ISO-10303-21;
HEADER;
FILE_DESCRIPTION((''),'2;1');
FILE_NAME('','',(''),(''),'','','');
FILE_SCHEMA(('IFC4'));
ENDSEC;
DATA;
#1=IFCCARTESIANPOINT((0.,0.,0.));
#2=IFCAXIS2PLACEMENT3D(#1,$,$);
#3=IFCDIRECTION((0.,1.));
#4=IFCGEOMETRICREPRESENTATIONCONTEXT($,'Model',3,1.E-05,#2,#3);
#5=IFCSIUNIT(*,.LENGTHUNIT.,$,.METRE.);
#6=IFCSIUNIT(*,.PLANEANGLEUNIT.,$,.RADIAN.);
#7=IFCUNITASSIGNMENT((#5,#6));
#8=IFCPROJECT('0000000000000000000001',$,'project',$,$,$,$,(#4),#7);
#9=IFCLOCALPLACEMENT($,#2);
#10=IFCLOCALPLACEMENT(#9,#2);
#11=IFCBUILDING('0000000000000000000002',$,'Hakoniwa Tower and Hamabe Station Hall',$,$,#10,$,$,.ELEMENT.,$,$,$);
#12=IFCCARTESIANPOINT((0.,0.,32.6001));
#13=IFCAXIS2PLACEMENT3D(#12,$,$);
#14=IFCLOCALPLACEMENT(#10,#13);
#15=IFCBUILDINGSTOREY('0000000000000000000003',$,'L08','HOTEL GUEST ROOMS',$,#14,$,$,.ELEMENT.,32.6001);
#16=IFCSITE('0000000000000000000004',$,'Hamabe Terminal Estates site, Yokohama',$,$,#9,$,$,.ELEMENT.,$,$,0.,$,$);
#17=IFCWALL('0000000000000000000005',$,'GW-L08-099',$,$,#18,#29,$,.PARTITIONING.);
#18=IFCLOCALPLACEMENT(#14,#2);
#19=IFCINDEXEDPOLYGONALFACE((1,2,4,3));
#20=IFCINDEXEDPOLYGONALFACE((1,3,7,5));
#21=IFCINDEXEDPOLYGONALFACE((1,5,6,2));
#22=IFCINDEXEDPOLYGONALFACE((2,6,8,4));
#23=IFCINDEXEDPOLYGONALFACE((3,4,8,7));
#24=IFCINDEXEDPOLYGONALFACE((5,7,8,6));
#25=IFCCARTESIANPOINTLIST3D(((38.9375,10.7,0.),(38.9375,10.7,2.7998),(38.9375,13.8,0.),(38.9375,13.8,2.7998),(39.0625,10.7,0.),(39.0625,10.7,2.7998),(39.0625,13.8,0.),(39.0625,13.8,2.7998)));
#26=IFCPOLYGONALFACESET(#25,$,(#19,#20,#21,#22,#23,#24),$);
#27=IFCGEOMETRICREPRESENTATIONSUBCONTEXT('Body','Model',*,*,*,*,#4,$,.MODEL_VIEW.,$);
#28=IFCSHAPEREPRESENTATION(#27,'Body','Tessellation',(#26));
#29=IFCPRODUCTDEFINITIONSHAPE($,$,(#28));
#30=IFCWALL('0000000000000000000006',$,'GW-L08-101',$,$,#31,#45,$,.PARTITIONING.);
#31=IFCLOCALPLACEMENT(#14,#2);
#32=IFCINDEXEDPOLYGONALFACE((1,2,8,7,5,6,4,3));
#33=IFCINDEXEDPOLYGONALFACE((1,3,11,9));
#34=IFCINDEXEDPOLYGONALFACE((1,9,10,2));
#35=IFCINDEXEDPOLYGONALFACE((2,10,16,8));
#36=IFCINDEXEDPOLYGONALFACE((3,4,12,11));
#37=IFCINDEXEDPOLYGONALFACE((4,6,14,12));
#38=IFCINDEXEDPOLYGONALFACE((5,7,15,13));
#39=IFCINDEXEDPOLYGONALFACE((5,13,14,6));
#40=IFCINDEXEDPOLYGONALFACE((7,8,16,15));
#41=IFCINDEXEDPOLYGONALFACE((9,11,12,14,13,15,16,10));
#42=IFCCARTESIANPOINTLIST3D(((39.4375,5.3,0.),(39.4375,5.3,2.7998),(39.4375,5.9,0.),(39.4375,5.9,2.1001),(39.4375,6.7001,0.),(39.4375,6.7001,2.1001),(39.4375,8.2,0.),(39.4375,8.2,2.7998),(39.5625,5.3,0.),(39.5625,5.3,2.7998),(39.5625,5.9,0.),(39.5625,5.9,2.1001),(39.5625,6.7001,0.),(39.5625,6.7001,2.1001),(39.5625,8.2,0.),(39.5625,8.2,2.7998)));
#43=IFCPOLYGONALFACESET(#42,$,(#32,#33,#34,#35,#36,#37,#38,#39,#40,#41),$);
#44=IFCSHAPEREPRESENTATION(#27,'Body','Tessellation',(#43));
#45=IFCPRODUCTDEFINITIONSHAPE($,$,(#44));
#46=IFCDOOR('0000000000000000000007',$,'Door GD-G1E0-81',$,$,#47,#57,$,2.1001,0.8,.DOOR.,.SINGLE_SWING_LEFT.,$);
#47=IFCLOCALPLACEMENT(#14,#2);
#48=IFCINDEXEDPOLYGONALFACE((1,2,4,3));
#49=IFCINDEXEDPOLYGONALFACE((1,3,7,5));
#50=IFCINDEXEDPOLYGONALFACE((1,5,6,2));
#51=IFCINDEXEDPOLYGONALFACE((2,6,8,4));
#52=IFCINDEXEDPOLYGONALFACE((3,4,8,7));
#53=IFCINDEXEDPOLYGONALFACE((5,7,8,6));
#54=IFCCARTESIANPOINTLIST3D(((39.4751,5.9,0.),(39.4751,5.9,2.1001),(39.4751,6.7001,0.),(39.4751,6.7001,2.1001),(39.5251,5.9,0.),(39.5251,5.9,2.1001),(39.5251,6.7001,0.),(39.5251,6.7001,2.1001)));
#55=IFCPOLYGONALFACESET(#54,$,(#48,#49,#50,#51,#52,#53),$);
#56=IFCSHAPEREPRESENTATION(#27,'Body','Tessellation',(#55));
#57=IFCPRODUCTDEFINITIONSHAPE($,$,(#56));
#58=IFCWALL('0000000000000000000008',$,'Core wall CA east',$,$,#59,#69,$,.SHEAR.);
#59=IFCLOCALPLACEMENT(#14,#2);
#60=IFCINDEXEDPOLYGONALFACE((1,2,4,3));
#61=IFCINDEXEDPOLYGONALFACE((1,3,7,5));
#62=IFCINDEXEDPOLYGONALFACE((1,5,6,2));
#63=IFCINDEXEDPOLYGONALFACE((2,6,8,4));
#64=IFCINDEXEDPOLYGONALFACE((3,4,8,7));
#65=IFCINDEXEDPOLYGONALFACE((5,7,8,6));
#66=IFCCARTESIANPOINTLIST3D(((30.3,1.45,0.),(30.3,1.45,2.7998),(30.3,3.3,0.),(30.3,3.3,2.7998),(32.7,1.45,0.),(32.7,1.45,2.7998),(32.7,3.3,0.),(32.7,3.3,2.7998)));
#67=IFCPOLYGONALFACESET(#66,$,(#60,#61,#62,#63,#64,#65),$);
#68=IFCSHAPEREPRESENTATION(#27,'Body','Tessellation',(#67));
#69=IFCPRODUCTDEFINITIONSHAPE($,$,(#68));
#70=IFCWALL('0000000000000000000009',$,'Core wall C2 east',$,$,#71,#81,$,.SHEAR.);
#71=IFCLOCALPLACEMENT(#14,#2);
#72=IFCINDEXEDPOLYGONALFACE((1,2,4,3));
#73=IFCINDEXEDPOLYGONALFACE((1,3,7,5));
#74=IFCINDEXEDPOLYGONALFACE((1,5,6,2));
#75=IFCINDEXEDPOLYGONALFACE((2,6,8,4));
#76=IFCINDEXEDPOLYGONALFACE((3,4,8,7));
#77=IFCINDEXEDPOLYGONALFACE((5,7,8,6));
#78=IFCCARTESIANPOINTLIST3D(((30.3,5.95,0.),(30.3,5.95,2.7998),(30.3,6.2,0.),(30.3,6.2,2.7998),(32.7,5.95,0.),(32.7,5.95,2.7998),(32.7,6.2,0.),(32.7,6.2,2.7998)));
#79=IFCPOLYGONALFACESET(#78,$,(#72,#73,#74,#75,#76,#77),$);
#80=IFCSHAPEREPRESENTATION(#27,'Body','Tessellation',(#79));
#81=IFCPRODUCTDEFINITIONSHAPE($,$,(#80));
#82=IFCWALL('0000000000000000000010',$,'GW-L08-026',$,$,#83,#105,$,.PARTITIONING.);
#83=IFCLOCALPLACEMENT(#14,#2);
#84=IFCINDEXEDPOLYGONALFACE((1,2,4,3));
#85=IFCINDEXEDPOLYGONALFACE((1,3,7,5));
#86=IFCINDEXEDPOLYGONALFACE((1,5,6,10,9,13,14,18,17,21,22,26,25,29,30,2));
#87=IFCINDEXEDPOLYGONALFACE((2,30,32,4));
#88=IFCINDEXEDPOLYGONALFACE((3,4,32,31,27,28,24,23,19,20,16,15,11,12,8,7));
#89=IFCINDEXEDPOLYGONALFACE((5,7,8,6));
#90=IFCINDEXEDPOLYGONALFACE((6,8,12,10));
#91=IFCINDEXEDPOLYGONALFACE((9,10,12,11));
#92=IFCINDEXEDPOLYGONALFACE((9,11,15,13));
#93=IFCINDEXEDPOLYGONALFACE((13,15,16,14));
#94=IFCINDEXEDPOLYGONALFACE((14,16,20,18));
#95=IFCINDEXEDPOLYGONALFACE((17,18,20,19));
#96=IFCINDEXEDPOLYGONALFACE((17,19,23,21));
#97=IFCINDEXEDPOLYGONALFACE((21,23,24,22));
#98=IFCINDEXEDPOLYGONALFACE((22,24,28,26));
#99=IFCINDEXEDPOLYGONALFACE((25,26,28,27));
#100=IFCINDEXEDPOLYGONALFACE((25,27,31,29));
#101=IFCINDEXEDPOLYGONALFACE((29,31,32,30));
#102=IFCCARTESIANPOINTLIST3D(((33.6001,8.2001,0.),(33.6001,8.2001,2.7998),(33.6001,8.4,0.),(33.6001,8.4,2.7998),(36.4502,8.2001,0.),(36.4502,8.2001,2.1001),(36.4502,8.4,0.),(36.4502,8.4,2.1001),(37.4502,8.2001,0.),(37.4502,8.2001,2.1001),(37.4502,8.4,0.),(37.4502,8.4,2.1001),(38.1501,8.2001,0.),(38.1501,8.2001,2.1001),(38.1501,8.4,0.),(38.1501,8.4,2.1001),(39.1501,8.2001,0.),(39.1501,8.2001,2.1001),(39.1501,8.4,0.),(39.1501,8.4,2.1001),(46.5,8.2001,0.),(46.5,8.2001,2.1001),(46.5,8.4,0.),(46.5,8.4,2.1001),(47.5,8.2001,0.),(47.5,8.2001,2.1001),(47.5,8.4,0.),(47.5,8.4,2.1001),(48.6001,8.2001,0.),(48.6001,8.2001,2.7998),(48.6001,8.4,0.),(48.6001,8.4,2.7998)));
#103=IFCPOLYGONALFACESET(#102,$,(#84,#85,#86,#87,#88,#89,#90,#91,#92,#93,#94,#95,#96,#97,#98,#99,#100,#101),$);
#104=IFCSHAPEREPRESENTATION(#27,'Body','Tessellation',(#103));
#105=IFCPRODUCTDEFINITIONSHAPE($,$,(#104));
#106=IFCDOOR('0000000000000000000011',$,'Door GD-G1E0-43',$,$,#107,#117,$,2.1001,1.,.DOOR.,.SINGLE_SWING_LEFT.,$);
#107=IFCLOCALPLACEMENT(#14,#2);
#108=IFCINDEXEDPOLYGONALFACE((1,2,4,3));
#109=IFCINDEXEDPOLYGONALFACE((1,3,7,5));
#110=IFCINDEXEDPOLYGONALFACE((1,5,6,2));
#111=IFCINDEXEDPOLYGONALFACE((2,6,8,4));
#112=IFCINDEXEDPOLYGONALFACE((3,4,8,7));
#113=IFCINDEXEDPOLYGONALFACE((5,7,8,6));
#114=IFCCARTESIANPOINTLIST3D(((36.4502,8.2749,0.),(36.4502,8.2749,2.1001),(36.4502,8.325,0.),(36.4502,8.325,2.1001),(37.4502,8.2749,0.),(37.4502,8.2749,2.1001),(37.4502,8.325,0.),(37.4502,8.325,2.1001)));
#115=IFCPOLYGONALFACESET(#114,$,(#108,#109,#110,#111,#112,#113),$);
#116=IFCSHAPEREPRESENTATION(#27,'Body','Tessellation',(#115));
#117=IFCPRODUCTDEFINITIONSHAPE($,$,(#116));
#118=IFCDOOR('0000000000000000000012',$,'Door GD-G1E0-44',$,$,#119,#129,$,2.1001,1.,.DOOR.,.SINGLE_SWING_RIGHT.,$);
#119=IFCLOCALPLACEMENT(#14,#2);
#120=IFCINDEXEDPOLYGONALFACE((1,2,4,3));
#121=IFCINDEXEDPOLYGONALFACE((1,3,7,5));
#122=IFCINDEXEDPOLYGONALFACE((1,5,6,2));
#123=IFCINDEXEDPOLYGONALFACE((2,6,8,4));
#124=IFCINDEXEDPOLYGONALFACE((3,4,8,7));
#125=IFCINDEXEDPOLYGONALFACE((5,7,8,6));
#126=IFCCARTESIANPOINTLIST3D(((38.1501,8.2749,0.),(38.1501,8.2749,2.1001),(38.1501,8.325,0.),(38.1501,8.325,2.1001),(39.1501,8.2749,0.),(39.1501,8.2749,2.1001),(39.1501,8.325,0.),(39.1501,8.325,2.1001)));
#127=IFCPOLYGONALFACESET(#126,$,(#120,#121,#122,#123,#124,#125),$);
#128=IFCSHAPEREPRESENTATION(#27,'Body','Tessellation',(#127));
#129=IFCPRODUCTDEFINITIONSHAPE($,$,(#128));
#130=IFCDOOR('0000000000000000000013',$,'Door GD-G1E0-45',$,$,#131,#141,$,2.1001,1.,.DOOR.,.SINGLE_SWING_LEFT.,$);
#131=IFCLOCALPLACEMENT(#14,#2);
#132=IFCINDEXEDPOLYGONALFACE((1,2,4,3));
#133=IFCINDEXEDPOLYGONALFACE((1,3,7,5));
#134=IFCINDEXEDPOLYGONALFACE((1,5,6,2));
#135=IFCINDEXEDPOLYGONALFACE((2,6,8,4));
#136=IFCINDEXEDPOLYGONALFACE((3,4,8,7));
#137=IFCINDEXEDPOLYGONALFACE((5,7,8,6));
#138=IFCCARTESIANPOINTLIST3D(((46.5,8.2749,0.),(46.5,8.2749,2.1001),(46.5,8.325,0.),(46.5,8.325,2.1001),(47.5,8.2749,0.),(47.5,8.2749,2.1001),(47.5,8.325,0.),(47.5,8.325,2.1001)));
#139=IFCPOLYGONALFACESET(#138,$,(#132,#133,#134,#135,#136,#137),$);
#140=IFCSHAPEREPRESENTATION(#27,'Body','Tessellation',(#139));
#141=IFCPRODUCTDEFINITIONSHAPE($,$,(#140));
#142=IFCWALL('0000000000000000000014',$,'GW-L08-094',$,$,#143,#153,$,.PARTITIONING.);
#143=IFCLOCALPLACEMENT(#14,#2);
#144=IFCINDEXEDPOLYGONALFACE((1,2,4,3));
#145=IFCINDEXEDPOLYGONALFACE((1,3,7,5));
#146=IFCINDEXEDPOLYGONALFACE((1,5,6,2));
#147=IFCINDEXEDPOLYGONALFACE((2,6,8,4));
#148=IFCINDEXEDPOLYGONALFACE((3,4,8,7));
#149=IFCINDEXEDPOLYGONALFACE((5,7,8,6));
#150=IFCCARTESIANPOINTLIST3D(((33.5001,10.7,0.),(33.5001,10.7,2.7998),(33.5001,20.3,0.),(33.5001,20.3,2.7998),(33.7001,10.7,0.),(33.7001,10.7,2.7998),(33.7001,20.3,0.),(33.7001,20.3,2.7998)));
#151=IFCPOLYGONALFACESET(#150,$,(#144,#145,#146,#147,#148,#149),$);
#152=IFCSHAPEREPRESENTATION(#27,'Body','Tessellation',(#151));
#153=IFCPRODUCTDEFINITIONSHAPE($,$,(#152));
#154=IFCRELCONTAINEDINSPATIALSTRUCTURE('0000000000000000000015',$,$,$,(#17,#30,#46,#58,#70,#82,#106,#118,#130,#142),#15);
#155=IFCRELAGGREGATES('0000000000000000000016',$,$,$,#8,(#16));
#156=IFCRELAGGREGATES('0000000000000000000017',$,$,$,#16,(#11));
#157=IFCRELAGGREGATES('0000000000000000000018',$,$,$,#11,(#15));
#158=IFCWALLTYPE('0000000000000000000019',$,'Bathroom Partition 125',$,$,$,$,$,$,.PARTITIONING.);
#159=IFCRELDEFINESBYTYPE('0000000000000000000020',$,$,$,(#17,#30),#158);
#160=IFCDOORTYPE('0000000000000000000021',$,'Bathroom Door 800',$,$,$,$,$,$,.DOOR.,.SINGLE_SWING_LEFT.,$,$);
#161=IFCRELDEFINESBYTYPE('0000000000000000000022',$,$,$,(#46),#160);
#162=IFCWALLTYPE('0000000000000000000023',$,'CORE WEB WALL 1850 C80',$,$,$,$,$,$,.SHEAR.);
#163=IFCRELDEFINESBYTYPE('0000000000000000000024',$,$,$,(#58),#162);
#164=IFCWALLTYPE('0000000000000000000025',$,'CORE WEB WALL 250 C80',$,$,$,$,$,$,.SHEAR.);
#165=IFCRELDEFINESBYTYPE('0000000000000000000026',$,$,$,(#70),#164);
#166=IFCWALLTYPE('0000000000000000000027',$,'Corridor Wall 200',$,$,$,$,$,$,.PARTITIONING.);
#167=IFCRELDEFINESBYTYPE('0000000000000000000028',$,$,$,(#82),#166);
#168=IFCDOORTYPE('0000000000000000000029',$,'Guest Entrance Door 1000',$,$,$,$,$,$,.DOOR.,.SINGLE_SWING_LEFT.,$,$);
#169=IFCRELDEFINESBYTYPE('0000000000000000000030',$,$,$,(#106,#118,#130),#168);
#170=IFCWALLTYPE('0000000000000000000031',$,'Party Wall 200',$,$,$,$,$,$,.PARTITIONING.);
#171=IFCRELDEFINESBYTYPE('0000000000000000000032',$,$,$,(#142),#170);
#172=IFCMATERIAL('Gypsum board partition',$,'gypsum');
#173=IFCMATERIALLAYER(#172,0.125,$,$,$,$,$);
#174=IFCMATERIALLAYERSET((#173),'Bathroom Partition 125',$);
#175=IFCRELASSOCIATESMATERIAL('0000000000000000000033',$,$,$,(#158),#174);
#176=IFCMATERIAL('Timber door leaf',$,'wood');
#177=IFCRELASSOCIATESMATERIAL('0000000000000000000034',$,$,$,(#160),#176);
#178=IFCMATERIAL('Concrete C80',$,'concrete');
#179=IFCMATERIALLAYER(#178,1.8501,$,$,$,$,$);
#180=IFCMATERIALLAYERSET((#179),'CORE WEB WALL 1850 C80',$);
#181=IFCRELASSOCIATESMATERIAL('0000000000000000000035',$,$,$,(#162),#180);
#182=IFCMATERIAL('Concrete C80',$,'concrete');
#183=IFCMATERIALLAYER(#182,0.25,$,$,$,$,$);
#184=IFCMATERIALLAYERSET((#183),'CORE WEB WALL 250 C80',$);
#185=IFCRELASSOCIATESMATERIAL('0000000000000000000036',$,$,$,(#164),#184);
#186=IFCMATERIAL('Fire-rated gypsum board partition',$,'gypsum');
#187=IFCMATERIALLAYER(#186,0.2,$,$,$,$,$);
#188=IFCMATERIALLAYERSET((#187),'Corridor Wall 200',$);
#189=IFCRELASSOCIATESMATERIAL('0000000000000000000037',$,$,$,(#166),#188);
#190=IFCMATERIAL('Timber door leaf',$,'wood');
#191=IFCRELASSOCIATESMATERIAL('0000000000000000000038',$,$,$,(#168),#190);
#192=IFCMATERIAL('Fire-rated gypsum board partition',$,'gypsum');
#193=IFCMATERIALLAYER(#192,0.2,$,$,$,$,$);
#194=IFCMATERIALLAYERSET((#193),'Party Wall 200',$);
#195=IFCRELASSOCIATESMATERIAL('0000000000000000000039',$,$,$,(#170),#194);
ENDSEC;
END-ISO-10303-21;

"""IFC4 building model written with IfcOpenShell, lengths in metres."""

from ifc_helpers import new_model, si_unit, direction, frame, frame_2d, origin, place, context, subcontext, project, spatial, rectangle, extrude, material, layer, layer_set, type_object, element, fill, save


model = new_model("IFC4")

# Units and contexts
model_context = context("Model", 3, precision=1e-05, world=origin(), true_north=direction((0.0, 1.0)))
body_context = subcontext(model_context, "Body", "Model", "MODEL_VIEW")
ifc_project = project(units=[si_unit("LENGTHUNIT", "METRE"), si_unit("PLANEANGLEUNIT", "RADIAN")], contexts=[model_context])

# Site, building, storey
site_placement = place(None, origin())
site = spatial("IfcSite", under=ifc_project, at=site_placement, Name="Hamabe Terminal Estates site, Yokohama", CompositionType="ELEMENT", RefElevation=0.0)
building_placement = place(site_placement, origin())
building = spatial("IfcBuilding", under=site, at=building_placement, Name="Hakoniwa Tower and Hamabe Station Hall", CompositionType="ELEMENT")
storey_placement = place(building_placement, frame((0.0, 0.0, 32.6001)))
storey = spatial("IfcBuildingStorey", under=building, at=storey_placement, Name="L08", Description="HOTEL GUEST ROOMS", CompositionType="ELEMENT", Elevation=32.6001)

# Shared definitions
ifc_material_1 = material(Name="Gypsum board partition", Category="gypsum")
ifc_layer_1 = layer(ifc_material_1, 0.125)
ifc_layer_set_1 = layer_set([ifc_layer_1], Name="Bathroom Partition 125")
wall_type_1 = type_object("IfcWallType", Name="Bathroom Partition 125", PredefinedType="PARTITIONING", material=ifc_layer_set_1)

# Shared definitions
ifc_material_2 = material(Name="Timber door leaf", Category="wood")
door_type_1 = type_object("IfcDoorType", Name="Bathroom Door 800", OperationType="SINGLE_SWING_LEFT", PredefinedType="DOOR", material=ifc_material_2)

# Wall
wall_1_placement = place(storey_placement, frame((39.0, 10.7, 0.0), z_axis=(0.0, 0.0, 1.0), x_axis=(0.0, 1.0, 0.0)))
element("IfcWall", 1, at=wall_1_placement, inside=storey, type_object=wall_type_1, Name="GW-L08-099", PredefinedType="PARTITIONING", context=body_context, shape_type="SweptSolid", body=[
    extrude(rectangle(XDim=3.1001, YDim=0.125, at=frame_2d((1.55, 0.0))), origin(), (0.0, 0.0, 1.0), 2.7998),
])

# Wall, opening, door
wall_2_placement = place(storey_placement, frame((39.5, 5.3, 0.0), z_axis=(0.0, 0.0, 1.0), x_axis=(0.0, 1.0, 0.0)))
wall_2 = element("IfcWall", 2, at=wall_2_placement, inside=storey, type_object=wall_type_1, Name="GW-L08-101", PredefinedType="PARTITIONING", context=body_context, shape_type="SweptSolid", body=[
    extrude(rectangle(XDim=2.8999, YDim=0.125, at=frame_2d((1.45, 0.0))), origin(), (0.0, 0.0, 1.0), 2.7998),
])
opening_1_placement = place(wall_2_placement, frame((0.6001, 0.0, 0.0)))
opening_1 = element("IfcOpeningElement", 3, at=opening_1_placement, cuts=wall_2, PredefinedType="OPENING", context=body_context, shape_type="SweptSolid", body=[
    extrude(rectangle(XDim=0.8, YDim=2.1001, at=frame_2d((0.3999, 1.05))), frame((0.0, 0.0725, 0.0), z_axis=(0.0, -1.0, 0.0), x_axis=(1.0, 0.0, 0.0)), (0.0, 0.0, 1.0), 0.145),
])
door_1_placement = place(opening_1_placement, origin())
door_1 = element("IfcDoor", 4, at=door_1_placement, inside=storey, type_object=door_type_1, Name="Door GD-G1E0-81", OperationType="SINGLE_SWING_LEFT", OverallHeight=2.1001, OverallWidth=0.8, PredefinedType="DOOR", context=body_context, shape_type="SweptSolid", body=[
    extrude(rectangle(XDim=0.8, YDim=2.1001, at=frame_2d((0.3999, 1.05))), frame((0.0, 0.0249, 0.0), z_axis=(0.0, -1.0, 0.0), x_axis=(1.0, 0.0, 0.0)), (0.0, 0.0, 1.0), 0.05),
])
fill(opening_1, door_1)

# Walls
ifc_material_3 = material(Name="Concrete C80", Category="concrete")
ifc_layer_2 = layer(ifc_material_3, 1.8501)
ifc_layer_set_2 = layer_set([ifc_layer_2], Name="CORE WEB WALL 1850 C80")
wall_type_2 = type_object("IfcWallType", Name="CORE WEB WALL 1850 C80", PredefinedType="SHEAR", material=ifc_layer_set_2)
wall_3_placement = place(storey_placement, frame((30.3, 2.375, 0.0), z_axis=(0.0, 0.0, 1.0), x_axis=(1.0, 0.0, 0.0)))
element("IfcWall", 5, at=wall_3_placement, inside=storey, type_object=wall_type_2, Name="Core wall CA east", PredefinedType="SHEAR", context=body_context, shape_type="SweptSolid", body=[
    extrude(rectangle(XDim=2.3999, YDim=1.8501, at=frame_2d((1.2, 0.0))), origin(), (0.0, 0.0, 1.0), 2.7998),
])
ifc_material_4 = material(Name="Concrete C80", Category="concrete")
ifc_layer_3 = layer(ifc_material_4, 0.25)
ifc_layer_set_3 = layer_set([ifc_layer_3], Name="CORE WEB WALL 250 C80")
wall_type_3 = type_object("IfcWallType", Name="CORE WEB WALL 250 C80", PredefinedType="SHEAR", material=ifc_layer_set_3)
wall_4_placement = place(storey_placement, frame((30.3, 6.075, 0.0), z_axis=(0.0, 0.0, 1.0), x_axis=(1.0, 0.0, 0.0)))
element("IfcWall", 6, at=wall_4_placement, inside=storey, type_object=wall_type_3, Name="Core wall C2 east", PredefinedType="SHEAR", context=body_context, shape_type="SweptSolid", body=[
    extrude(rectangle(XDim=2.3999, YDim=0.25, at=frame_2d((1.2, 0.0))), origin(), (0.0, 0.0, 1.0), 2.7998),
])

# Wall, openings, doors
ifc_material_5 = material(Name="Fire-rated gypsum board partition", Category="gypsum")
ifc_layer_4 = layer(ifc_material_5, 0.2)
ifc_layer_set_4 = layer_set([ifc_layer_4], Name="Corridor Wall 200")
wall_type_4 = type_object("IfcWallType", Name="Corridor Wall 200", PredefinedType="PARTITIONING", material=ifc_layer_set_4)
wall_5_placement = place(storey_placement, frame((33.6001, 8.3, 0.0), z_axis=(0.0, 0.0, 1.0), x_axis=(1.0, 0.0, 0.0)))
wall_5 = element("IfcWall", 7, at=wall_5_placement, inside=storey, type_object=wall_type_4, Name="GW-L08-026", PredefinedType="PARTITIONING", context=body_context, shape_type="SweptSolid", body=[
    extrude(rectangle(XDim=15.0, YDim=0.2, at=frame_2d((7.5, 0.0))), origin(), (0.0, 0.0, 1.0), 2.7998),
])
opening_2_placement = place(wall_5_placement, frame((2.8501, 0.0, 0.0)))
opening_2 = element("IfcOpeningElement", 8, at=opening_2_placement, cuts=wall_5, PredefinedType="OPENING", context=body_context, shape_type="SweptSolid", body=[
    extrude(rectangle(XDim=1.0, YDim=2.1001, at=frame_2d((0.5, 1.05))), frame((0.0, 0.1099, 0.0), z_axis=(0.0, -1.0, 0.0), x_axis=(1.0, 0.0, 0.0)), (0.0, 0.0, 1.0), 0.22),
])
opening_3_placement = place(wall_5_placement, frame((4.55, 0.0, 0.0)))
opening_3 = element("IfcOpeningElement", 9, at=opening_3_placement, cuts=wall_5, PredefinedType="OPENING", context=body_context, shape_type="SweptSolid", body=[
    extrude(rectangle(XDim=1.0, YDim=2.1001, at=frame_2d((0.5, 1.05))), frame((0.0, 0.1099, 0.0), z_axis=(0.0, -1.0, 0.0), x_axis=(1.0, 0.0, 0.0)), (0.0, 0.0, 1.0), 0.22),
])
opening_4_placement = place(wall_5_placement, frame((12.8999, 0.0, 0.0)))
opening_4 = element("IfcOpeningElement", 10, at=opening_4_placement, cuts=wall_5, PredefinedType="OPENING", context=body_context, shape_type="SweptSolid", body=[
    extrude(rectangle(XDim=1.0, YDim=2.1001, at=frame_2d((0.5, 1.05))), frame((0.0, 0.1099, 0.0), z_axis=(0.0, -1.0, 0.0), x_axis=(1.0, 0.0, 0.0)), (0.0, 0.0, 1.0), 0.22),
])
ifc_material_6 = material(Name="Timber door leaf", Category="wood")
door_type_2 = type_object("IfcDoorType", Name="Guest Entrance Door 1000", OperationType="SINGLE_SWING_LEFT", PredefinedType="DOOR", material=ifc_material_6)
door_2_placement = place(opening_2_placement, origin())
door_2 = element("IfcDoor", 11, at=door_2_placement, inside=storey, type_object=door_type_2, Name="Door GD-G1E0-43", OperationType="SINGLE_SWING_LEFT", OverallHeight=2.1001, OverallWidth=1.0, PredefinedType="DOOR", context=body_context, shape_type="SweptSolid", body=[
    extrude(rectangle(XDim=1.0, YDim=2.1001, at=frame_2d((0.5, 1.05))), frame((0.0, 0.0249, 0.0), z_axis=(0.0, -1.0, 0.0), x_axis=(1.0, 0.0, 0.0)), (0.0, 0.0, 1.0), 0.05),
])
fill(opening_2, door_2)
door_3_placement = place(opening_3_placement, origin())
door_3 = element("IfcDoor", 12, at=door_3_placement, inside=storey, type_object=door_type_2, Name="Door GD-G1E0-44", OperationType="SINGLE_SWING_RIGHT", OverallHeight=2.1001, OverallWidth=1.0, PredefinedType="DOOR", context=body_context, shape_type="SweptSolid", body=[
    extrude(rectangle(XDim=1.0, YDim=2.1001, at=frame_2d((0.5, 1.05))), frame((0.0, 0.0249, 0.0), z_axis=(0.0, -1.0, 0.0), x_axis=(1.0, 0.0, 0.0)), (0.0, 0.0, 1.0), 0.05),
])
fill(opening_3, door_3)
door_4_placement = place(opening_4_placement, origin())
door_4 = element("IfcDoor", 13, at=door_4_placement, inside=storey, type_object=door_type_2, Name="Door GD-G1E0-45", OperationType="SINGLE_SWING_LEFT", OverallHeight=2.1001, OverallWidth=1.0, PredefinedType="DOOR", context=body_context, shape_type="SweptSolid", body=[
    extrude(rectangle(XDim=1.0, YDim=2.1001, at=frame_2d((0.5, 1.05))), frame((0.0, 0.0249, 0.0), z_axis=(0.0, -1.0, 0.0), x_axis=(1.0, 0.0, 0.0)), (0.0, 0.0, 1.0), 0.05),
])
fill(opening_4, door_4)

# Wall
ifc_material_7 = material(Name="Fire-rated gypsum board partition", Category="gypsum")
ifc_layer_5 = layer(ifc_material_7, 0.2)
ifc_layer_set_5 = layer_set([ifc_layer_5], Name="Party Wall 200")
wall_type_5 = type_object("IfcWallType", Name="Party Wall 200", PredefinedType="PARTITIONING", material=ifc_layer_set_5)
wall_6_placement = place(storey_placement, frame((33.6001, 10.7, 0.0), z_axis=(0.0, 0.0, 1.0), x_axis=(0.0, 1.0, 0.0)))
element("IfcWall", 14, at=wall_6_placement, inside=storey, type_object=wall_type_5, Name="GW-L08-094", PredefinedType="PARTITIONING", context=body_context, shape_type="SweptSolid", body=[
    extrude(rectangle(XDim=9.6001, YDim=0.2, at=frame_2d((4.8, 0.0))), origin(), (0.0, 0.0, 1.0), 2.7998),
])

save(model, "model.ifc")
